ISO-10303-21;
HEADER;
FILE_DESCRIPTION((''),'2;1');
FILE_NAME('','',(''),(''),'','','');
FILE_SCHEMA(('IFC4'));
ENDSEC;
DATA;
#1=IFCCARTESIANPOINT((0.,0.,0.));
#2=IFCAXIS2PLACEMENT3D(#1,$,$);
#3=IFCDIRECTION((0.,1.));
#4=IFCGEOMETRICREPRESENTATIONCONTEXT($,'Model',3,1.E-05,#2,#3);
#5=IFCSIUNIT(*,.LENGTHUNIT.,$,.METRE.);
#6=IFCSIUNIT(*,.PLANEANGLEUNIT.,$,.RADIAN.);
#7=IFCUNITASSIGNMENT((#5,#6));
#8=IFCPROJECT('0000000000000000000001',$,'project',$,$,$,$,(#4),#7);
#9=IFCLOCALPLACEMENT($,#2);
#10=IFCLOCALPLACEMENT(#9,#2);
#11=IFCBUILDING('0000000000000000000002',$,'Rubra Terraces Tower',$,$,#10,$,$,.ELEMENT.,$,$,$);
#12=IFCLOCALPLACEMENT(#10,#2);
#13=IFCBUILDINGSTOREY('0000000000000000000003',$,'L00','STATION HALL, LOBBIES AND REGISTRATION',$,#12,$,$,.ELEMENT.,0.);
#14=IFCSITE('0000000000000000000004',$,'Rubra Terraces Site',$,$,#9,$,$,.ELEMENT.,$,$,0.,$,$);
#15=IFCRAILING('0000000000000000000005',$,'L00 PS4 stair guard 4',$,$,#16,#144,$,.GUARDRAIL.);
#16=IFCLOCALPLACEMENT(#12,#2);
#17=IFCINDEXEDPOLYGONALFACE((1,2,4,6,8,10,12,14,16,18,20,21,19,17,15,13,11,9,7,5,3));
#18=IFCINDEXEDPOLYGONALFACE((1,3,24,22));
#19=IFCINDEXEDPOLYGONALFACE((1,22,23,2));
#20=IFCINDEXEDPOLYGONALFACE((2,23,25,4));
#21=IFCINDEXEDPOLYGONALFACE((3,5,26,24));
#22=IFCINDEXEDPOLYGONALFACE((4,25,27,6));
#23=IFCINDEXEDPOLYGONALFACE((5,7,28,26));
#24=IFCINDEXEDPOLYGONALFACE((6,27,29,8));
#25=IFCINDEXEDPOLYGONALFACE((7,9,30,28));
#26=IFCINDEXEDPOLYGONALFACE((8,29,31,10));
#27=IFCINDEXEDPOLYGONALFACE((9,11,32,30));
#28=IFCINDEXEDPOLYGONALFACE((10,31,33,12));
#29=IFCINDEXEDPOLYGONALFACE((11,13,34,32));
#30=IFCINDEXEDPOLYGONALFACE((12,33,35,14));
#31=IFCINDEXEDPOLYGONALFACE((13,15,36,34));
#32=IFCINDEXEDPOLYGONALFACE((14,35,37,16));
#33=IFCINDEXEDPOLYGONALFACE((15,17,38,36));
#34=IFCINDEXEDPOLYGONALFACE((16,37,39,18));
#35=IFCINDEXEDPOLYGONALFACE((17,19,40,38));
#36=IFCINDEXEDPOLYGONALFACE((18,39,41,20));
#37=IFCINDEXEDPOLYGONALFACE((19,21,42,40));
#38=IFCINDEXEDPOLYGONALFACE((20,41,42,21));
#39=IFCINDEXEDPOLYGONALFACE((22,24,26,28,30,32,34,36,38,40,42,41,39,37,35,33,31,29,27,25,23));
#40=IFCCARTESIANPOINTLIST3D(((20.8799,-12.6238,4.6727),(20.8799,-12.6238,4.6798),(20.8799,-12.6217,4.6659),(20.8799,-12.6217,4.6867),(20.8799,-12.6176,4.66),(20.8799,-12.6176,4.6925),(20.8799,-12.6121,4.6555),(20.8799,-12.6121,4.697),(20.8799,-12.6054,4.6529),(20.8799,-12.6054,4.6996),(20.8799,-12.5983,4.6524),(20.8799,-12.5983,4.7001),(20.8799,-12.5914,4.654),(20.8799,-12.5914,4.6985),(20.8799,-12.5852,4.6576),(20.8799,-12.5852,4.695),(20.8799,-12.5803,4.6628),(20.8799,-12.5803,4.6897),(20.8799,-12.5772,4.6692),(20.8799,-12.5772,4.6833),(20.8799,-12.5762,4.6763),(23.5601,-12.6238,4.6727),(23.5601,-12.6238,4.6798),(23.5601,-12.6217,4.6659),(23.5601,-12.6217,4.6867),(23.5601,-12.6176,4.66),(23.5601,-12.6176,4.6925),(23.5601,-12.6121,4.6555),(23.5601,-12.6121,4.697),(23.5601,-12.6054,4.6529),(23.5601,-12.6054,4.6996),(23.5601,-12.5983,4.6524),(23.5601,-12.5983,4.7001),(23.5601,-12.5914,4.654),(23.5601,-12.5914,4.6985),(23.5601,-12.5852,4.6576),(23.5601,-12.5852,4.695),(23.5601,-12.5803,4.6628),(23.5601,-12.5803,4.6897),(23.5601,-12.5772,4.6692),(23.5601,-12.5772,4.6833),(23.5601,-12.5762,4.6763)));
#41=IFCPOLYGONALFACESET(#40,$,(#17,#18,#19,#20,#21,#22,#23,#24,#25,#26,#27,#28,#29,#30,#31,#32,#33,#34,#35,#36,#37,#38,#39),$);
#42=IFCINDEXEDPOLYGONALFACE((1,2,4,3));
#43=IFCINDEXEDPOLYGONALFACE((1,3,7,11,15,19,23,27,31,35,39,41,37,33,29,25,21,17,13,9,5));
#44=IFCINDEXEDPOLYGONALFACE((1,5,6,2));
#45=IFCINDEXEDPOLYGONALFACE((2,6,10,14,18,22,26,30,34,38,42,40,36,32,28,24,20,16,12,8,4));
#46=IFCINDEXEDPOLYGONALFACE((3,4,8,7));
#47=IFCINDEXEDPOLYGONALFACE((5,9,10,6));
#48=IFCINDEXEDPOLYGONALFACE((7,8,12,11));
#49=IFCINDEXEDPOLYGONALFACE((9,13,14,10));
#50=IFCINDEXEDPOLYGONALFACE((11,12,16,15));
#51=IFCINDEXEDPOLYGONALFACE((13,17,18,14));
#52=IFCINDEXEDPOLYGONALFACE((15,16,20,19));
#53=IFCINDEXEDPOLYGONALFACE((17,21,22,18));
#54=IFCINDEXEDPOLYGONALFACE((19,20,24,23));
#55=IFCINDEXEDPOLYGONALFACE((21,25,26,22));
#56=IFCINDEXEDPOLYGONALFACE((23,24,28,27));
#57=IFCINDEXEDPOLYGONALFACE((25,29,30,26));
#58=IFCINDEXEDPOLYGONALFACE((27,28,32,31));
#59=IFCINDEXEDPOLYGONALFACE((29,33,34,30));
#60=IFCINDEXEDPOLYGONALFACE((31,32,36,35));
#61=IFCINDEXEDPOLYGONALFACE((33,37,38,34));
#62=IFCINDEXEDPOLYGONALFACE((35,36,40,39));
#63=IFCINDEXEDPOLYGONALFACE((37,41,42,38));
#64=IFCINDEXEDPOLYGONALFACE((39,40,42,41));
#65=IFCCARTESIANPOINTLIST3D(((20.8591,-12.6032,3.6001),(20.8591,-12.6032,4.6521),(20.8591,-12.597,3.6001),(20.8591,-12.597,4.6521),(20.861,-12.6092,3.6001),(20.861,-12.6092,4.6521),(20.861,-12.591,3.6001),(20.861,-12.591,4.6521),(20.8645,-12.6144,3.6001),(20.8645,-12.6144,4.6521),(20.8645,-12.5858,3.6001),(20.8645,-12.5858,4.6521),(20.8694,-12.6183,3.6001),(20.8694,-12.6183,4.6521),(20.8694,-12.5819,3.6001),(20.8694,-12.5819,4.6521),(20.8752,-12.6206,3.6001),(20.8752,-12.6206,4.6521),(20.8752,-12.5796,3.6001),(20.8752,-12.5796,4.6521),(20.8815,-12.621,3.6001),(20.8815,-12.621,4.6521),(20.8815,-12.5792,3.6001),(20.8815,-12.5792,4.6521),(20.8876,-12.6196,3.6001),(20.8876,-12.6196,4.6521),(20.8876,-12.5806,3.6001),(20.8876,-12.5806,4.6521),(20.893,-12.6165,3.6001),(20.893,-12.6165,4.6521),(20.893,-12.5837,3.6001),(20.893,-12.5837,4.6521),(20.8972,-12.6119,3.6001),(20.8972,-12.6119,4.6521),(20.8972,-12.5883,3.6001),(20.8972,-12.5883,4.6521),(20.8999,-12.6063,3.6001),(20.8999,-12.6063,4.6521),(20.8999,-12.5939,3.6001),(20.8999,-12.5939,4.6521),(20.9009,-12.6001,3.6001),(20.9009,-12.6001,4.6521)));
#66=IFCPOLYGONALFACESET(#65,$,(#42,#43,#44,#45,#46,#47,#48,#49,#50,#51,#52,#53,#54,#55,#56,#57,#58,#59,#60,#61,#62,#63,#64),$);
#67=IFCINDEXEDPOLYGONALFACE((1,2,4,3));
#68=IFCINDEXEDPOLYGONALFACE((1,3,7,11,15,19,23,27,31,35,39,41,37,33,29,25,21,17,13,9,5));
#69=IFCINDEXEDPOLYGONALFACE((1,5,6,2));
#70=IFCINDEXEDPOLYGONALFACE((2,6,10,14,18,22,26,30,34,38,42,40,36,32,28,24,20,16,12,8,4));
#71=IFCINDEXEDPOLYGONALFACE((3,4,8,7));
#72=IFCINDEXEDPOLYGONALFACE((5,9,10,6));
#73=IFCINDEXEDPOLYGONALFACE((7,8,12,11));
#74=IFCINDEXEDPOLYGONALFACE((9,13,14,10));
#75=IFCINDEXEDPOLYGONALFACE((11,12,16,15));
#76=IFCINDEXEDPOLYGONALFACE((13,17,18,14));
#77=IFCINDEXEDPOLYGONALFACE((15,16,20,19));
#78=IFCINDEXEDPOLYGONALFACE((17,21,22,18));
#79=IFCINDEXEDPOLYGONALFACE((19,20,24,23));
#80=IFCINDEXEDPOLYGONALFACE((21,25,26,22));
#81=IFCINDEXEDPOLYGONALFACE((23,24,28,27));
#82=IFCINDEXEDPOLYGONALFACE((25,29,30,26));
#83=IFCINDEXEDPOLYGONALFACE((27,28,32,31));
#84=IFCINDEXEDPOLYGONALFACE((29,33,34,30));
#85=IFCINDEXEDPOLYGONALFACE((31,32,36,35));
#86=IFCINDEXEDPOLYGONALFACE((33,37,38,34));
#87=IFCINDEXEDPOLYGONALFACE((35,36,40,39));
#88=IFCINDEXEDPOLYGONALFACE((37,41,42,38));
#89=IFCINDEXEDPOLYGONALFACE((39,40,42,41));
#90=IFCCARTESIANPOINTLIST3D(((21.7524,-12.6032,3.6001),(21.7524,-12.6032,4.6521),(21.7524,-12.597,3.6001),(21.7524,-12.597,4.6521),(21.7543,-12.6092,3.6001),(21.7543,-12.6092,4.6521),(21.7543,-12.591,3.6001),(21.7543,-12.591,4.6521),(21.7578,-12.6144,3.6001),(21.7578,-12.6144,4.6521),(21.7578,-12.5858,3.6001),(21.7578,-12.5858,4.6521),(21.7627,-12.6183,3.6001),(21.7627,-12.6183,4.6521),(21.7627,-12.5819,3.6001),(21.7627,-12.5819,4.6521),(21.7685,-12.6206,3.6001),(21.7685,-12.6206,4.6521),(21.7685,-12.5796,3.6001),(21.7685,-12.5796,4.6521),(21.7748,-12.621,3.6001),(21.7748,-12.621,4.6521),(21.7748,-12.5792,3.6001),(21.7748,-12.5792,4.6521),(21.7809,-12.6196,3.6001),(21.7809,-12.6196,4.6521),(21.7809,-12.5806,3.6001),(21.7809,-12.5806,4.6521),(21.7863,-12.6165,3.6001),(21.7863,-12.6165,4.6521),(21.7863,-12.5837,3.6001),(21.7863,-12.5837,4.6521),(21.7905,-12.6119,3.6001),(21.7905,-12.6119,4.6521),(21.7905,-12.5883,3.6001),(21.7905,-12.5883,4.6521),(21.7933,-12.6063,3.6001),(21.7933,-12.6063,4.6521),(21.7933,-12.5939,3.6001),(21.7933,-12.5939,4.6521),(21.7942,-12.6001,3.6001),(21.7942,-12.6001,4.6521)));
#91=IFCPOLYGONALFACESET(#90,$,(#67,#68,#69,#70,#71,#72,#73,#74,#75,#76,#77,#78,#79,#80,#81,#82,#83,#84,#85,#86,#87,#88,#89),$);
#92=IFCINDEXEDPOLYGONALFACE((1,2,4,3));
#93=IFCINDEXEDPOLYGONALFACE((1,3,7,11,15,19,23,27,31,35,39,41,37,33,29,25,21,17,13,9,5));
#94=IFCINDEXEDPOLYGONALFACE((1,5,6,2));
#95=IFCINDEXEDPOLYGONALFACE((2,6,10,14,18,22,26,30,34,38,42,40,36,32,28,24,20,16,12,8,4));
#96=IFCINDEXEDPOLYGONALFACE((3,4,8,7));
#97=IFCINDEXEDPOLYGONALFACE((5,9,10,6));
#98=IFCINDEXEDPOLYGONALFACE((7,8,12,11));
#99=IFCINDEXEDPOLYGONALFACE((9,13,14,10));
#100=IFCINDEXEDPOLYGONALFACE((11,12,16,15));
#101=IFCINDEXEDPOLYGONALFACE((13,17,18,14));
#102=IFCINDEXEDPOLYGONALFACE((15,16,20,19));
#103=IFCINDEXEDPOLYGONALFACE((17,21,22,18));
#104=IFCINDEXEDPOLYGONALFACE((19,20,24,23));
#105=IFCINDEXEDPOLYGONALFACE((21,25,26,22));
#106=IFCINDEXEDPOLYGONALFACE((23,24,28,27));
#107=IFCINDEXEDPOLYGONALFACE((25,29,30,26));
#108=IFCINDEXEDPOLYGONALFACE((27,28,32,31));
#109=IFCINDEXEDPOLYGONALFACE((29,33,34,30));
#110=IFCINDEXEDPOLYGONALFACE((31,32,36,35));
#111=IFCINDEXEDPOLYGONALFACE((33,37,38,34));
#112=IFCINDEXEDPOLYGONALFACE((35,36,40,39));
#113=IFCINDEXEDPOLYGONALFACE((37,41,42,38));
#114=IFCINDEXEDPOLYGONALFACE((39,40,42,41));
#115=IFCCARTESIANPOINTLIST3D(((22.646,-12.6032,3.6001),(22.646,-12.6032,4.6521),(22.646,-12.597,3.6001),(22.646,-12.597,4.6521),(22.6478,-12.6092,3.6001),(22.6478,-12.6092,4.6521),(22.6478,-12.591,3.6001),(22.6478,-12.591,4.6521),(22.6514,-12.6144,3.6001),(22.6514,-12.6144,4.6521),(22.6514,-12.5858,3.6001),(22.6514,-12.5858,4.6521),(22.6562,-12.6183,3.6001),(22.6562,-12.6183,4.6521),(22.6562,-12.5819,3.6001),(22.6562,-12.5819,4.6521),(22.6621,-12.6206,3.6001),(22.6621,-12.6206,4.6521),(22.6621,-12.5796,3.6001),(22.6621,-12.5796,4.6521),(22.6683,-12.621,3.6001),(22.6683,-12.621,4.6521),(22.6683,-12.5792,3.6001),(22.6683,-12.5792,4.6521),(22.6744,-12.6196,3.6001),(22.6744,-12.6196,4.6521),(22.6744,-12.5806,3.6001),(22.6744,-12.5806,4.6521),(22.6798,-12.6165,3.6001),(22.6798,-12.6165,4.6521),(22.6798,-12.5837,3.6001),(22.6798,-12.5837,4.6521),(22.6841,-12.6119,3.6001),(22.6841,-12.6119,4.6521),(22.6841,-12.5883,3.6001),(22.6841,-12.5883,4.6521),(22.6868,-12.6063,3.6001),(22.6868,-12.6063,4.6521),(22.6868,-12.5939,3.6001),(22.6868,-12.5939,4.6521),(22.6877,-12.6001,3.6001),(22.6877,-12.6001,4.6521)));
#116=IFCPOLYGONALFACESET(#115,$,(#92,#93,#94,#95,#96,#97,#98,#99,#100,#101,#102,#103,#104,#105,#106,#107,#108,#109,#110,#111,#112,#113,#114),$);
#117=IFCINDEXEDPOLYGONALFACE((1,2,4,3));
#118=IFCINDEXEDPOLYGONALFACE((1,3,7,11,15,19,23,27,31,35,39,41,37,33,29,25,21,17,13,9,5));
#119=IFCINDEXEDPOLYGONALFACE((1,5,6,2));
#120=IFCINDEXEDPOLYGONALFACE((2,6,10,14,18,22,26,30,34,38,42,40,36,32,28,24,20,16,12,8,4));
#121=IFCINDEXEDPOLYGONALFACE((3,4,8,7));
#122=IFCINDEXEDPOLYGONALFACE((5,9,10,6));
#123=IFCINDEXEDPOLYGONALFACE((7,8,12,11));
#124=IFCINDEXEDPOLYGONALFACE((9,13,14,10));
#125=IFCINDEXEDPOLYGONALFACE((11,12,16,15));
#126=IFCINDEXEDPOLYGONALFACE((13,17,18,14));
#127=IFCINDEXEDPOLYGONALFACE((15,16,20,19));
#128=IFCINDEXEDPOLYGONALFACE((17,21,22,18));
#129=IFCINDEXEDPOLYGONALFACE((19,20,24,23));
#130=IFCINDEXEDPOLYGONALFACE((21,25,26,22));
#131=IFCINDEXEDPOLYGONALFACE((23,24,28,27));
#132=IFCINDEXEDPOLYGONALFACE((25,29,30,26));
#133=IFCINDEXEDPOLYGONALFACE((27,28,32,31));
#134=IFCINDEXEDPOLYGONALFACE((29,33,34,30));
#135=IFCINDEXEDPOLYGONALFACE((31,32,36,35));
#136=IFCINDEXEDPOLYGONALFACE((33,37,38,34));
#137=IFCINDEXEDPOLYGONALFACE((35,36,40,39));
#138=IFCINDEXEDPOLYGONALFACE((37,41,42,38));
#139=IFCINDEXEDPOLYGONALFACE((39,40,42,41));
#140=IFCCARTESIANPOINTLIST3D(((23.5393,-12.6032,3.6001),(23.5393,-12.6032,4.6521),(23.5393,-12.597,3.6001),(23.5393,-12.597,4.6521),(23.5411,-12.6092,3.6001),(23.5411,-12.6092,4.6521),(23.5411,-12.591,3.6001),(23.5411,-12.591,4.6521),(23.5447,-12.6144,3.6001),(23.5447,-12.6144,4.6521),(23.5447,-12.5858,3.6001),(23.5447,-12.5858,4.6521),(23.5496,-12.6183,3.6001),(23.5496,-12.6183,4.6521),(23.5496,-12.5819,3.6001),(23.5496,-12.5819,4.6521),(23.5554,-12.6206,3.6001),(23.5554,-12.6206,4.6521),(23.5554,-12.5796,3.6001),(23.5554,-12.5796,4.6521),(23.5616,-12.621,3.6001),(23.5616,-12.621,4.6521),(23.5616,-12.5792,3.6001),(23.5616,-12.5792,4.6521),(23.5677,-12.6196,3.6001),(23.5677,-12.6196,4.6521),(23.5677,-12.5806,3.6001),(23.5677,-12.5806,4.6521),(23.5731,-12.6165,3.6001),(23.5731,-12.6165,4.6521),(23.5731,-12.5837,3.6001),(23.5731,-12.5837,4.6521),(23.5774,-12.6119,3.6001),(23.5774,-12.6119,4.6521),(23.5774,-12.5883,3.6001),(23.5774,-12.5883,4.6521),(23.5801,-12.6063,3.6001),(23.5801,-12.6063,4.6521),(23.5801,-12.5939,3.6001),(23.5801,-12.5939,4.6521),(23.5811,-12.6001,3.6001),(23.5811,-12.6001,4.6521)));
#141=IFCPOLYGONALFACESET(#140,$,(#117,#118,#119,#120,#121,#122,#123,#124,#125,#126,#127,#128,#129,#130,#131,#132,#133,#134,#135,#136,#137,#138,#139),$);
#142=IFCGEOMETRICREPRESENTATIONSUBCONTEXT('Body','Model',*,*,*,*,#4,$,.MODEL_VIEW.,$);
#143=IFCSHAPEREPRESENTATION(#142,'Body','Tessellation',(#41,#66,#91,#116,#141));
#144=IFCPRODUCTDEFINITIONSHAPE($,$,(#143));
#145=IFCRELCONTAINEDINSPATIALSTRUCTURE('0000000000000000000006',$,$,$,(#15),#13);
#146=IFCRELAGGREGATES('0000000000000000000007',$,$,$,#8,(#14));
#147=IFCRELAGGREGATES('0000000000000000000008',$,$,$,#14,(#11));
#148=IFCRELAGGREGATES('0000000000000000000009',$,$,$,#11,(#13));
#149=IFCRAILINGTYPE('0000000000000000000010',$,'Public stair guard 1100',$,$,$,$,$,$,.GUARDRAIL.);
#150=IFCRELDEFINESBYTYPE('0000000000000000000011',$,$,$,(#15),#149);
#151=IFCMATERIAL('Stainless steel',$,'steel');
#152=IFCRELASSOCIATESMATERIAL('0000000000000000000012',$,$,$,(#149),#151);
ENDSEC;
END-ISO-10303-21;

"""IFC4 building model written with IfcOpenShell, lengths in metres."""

from ifc_helpers import new_model, si_unit, direction, frame, origin, origin_2d, place, context, subcontext, project, spatial, circle, extrude, material, type_object, element, save


model = new_model("IFC4")

# Units and contexts
model_context = context("Model", 3, precision=1e-05, world=origin(), true_north=direction((0.0, 1.0)))
body_context = subcontext(model_context, "Body", "Model", "MODEL_VIEW")
ifc_project = project(units=[si_unit("LENGTHUNIT", "METRE"), si_unit("PLANEANGLEUNIT", "RADIAN")], contexts=[model_context])

# Site, building, storey
site_placement = place(None, origin())
site = spatial("IfcSite", under=ifc_project, at=site_placement, Name="Rubra Terraces Site", CompositionType="ELEMENT", RefElevation=0.0)
building_placement = place(site_placement, origin())
building = spatial("IfcBuilding", under=site, at=building_placement, Name="Rubra Terraces Tower", CompositionType="ELEMENT")
storey_placement = place(building_placement, origin())
storey = spatial("IfcBuildingStorey", under=building, at=storey_placement, Name="L00", Description="STATION HALL, LOBBIES AND REGISTRATION", CompositionType="ELEMENT", Elevation=0.0)

# Railing
ifc_material_1 = material(Name="Stainless steel", Category="steel")
railing_type_1 = type_object("IfcRailingType", Name="Public stair guard 1100", PredefinedType="GUARDRAIL", material=ifc_material_1)
railing_1_placement = place(storey_placement, frame((20.8799, -12.6001, 3.6001)))
element("IfcRailing", 1, at=railing_1_placement, inside=storey, type_object=railing_type_1, Name="L00 PS4 stair guard 4", PredefinedType="GUARDRAIL", context=body_context, shape_type="SweptSolid", body=[
    extrude(circle(Radius=0.0239, at=origin_2d()), frame((0.0, 0.0, 1.0762), z_axis=(1.0, 0.0, 0.0), x_axis=(0.0, 1.0, 0.0)), (0.0, 0.0, 1.0), 2.6802),
    extrude(circle(Radius=0.021, at=origin_2d()), origin(), (0.0, 0.0, 1.0), 1.052),
    extrude(circle(Radius=0.021, at=origin_2d()), frame((0.8933, 0.0, 0.0)), (0.0, 0.0, 1.0), 1.052),
    extrude(circle(Radius=0.021, at=origin_2d()), frame((1.7869, 0.0, 0.0)), (0.0, 0.0, 1.0), 1.052),
    extrude(circle(Radius=0.021, at=origin_2d()), frame((2.6802, 0.0, 0.0)), (0.0, 0.0, 1.0), 1.052),
])

save(model, "model.ifc")
